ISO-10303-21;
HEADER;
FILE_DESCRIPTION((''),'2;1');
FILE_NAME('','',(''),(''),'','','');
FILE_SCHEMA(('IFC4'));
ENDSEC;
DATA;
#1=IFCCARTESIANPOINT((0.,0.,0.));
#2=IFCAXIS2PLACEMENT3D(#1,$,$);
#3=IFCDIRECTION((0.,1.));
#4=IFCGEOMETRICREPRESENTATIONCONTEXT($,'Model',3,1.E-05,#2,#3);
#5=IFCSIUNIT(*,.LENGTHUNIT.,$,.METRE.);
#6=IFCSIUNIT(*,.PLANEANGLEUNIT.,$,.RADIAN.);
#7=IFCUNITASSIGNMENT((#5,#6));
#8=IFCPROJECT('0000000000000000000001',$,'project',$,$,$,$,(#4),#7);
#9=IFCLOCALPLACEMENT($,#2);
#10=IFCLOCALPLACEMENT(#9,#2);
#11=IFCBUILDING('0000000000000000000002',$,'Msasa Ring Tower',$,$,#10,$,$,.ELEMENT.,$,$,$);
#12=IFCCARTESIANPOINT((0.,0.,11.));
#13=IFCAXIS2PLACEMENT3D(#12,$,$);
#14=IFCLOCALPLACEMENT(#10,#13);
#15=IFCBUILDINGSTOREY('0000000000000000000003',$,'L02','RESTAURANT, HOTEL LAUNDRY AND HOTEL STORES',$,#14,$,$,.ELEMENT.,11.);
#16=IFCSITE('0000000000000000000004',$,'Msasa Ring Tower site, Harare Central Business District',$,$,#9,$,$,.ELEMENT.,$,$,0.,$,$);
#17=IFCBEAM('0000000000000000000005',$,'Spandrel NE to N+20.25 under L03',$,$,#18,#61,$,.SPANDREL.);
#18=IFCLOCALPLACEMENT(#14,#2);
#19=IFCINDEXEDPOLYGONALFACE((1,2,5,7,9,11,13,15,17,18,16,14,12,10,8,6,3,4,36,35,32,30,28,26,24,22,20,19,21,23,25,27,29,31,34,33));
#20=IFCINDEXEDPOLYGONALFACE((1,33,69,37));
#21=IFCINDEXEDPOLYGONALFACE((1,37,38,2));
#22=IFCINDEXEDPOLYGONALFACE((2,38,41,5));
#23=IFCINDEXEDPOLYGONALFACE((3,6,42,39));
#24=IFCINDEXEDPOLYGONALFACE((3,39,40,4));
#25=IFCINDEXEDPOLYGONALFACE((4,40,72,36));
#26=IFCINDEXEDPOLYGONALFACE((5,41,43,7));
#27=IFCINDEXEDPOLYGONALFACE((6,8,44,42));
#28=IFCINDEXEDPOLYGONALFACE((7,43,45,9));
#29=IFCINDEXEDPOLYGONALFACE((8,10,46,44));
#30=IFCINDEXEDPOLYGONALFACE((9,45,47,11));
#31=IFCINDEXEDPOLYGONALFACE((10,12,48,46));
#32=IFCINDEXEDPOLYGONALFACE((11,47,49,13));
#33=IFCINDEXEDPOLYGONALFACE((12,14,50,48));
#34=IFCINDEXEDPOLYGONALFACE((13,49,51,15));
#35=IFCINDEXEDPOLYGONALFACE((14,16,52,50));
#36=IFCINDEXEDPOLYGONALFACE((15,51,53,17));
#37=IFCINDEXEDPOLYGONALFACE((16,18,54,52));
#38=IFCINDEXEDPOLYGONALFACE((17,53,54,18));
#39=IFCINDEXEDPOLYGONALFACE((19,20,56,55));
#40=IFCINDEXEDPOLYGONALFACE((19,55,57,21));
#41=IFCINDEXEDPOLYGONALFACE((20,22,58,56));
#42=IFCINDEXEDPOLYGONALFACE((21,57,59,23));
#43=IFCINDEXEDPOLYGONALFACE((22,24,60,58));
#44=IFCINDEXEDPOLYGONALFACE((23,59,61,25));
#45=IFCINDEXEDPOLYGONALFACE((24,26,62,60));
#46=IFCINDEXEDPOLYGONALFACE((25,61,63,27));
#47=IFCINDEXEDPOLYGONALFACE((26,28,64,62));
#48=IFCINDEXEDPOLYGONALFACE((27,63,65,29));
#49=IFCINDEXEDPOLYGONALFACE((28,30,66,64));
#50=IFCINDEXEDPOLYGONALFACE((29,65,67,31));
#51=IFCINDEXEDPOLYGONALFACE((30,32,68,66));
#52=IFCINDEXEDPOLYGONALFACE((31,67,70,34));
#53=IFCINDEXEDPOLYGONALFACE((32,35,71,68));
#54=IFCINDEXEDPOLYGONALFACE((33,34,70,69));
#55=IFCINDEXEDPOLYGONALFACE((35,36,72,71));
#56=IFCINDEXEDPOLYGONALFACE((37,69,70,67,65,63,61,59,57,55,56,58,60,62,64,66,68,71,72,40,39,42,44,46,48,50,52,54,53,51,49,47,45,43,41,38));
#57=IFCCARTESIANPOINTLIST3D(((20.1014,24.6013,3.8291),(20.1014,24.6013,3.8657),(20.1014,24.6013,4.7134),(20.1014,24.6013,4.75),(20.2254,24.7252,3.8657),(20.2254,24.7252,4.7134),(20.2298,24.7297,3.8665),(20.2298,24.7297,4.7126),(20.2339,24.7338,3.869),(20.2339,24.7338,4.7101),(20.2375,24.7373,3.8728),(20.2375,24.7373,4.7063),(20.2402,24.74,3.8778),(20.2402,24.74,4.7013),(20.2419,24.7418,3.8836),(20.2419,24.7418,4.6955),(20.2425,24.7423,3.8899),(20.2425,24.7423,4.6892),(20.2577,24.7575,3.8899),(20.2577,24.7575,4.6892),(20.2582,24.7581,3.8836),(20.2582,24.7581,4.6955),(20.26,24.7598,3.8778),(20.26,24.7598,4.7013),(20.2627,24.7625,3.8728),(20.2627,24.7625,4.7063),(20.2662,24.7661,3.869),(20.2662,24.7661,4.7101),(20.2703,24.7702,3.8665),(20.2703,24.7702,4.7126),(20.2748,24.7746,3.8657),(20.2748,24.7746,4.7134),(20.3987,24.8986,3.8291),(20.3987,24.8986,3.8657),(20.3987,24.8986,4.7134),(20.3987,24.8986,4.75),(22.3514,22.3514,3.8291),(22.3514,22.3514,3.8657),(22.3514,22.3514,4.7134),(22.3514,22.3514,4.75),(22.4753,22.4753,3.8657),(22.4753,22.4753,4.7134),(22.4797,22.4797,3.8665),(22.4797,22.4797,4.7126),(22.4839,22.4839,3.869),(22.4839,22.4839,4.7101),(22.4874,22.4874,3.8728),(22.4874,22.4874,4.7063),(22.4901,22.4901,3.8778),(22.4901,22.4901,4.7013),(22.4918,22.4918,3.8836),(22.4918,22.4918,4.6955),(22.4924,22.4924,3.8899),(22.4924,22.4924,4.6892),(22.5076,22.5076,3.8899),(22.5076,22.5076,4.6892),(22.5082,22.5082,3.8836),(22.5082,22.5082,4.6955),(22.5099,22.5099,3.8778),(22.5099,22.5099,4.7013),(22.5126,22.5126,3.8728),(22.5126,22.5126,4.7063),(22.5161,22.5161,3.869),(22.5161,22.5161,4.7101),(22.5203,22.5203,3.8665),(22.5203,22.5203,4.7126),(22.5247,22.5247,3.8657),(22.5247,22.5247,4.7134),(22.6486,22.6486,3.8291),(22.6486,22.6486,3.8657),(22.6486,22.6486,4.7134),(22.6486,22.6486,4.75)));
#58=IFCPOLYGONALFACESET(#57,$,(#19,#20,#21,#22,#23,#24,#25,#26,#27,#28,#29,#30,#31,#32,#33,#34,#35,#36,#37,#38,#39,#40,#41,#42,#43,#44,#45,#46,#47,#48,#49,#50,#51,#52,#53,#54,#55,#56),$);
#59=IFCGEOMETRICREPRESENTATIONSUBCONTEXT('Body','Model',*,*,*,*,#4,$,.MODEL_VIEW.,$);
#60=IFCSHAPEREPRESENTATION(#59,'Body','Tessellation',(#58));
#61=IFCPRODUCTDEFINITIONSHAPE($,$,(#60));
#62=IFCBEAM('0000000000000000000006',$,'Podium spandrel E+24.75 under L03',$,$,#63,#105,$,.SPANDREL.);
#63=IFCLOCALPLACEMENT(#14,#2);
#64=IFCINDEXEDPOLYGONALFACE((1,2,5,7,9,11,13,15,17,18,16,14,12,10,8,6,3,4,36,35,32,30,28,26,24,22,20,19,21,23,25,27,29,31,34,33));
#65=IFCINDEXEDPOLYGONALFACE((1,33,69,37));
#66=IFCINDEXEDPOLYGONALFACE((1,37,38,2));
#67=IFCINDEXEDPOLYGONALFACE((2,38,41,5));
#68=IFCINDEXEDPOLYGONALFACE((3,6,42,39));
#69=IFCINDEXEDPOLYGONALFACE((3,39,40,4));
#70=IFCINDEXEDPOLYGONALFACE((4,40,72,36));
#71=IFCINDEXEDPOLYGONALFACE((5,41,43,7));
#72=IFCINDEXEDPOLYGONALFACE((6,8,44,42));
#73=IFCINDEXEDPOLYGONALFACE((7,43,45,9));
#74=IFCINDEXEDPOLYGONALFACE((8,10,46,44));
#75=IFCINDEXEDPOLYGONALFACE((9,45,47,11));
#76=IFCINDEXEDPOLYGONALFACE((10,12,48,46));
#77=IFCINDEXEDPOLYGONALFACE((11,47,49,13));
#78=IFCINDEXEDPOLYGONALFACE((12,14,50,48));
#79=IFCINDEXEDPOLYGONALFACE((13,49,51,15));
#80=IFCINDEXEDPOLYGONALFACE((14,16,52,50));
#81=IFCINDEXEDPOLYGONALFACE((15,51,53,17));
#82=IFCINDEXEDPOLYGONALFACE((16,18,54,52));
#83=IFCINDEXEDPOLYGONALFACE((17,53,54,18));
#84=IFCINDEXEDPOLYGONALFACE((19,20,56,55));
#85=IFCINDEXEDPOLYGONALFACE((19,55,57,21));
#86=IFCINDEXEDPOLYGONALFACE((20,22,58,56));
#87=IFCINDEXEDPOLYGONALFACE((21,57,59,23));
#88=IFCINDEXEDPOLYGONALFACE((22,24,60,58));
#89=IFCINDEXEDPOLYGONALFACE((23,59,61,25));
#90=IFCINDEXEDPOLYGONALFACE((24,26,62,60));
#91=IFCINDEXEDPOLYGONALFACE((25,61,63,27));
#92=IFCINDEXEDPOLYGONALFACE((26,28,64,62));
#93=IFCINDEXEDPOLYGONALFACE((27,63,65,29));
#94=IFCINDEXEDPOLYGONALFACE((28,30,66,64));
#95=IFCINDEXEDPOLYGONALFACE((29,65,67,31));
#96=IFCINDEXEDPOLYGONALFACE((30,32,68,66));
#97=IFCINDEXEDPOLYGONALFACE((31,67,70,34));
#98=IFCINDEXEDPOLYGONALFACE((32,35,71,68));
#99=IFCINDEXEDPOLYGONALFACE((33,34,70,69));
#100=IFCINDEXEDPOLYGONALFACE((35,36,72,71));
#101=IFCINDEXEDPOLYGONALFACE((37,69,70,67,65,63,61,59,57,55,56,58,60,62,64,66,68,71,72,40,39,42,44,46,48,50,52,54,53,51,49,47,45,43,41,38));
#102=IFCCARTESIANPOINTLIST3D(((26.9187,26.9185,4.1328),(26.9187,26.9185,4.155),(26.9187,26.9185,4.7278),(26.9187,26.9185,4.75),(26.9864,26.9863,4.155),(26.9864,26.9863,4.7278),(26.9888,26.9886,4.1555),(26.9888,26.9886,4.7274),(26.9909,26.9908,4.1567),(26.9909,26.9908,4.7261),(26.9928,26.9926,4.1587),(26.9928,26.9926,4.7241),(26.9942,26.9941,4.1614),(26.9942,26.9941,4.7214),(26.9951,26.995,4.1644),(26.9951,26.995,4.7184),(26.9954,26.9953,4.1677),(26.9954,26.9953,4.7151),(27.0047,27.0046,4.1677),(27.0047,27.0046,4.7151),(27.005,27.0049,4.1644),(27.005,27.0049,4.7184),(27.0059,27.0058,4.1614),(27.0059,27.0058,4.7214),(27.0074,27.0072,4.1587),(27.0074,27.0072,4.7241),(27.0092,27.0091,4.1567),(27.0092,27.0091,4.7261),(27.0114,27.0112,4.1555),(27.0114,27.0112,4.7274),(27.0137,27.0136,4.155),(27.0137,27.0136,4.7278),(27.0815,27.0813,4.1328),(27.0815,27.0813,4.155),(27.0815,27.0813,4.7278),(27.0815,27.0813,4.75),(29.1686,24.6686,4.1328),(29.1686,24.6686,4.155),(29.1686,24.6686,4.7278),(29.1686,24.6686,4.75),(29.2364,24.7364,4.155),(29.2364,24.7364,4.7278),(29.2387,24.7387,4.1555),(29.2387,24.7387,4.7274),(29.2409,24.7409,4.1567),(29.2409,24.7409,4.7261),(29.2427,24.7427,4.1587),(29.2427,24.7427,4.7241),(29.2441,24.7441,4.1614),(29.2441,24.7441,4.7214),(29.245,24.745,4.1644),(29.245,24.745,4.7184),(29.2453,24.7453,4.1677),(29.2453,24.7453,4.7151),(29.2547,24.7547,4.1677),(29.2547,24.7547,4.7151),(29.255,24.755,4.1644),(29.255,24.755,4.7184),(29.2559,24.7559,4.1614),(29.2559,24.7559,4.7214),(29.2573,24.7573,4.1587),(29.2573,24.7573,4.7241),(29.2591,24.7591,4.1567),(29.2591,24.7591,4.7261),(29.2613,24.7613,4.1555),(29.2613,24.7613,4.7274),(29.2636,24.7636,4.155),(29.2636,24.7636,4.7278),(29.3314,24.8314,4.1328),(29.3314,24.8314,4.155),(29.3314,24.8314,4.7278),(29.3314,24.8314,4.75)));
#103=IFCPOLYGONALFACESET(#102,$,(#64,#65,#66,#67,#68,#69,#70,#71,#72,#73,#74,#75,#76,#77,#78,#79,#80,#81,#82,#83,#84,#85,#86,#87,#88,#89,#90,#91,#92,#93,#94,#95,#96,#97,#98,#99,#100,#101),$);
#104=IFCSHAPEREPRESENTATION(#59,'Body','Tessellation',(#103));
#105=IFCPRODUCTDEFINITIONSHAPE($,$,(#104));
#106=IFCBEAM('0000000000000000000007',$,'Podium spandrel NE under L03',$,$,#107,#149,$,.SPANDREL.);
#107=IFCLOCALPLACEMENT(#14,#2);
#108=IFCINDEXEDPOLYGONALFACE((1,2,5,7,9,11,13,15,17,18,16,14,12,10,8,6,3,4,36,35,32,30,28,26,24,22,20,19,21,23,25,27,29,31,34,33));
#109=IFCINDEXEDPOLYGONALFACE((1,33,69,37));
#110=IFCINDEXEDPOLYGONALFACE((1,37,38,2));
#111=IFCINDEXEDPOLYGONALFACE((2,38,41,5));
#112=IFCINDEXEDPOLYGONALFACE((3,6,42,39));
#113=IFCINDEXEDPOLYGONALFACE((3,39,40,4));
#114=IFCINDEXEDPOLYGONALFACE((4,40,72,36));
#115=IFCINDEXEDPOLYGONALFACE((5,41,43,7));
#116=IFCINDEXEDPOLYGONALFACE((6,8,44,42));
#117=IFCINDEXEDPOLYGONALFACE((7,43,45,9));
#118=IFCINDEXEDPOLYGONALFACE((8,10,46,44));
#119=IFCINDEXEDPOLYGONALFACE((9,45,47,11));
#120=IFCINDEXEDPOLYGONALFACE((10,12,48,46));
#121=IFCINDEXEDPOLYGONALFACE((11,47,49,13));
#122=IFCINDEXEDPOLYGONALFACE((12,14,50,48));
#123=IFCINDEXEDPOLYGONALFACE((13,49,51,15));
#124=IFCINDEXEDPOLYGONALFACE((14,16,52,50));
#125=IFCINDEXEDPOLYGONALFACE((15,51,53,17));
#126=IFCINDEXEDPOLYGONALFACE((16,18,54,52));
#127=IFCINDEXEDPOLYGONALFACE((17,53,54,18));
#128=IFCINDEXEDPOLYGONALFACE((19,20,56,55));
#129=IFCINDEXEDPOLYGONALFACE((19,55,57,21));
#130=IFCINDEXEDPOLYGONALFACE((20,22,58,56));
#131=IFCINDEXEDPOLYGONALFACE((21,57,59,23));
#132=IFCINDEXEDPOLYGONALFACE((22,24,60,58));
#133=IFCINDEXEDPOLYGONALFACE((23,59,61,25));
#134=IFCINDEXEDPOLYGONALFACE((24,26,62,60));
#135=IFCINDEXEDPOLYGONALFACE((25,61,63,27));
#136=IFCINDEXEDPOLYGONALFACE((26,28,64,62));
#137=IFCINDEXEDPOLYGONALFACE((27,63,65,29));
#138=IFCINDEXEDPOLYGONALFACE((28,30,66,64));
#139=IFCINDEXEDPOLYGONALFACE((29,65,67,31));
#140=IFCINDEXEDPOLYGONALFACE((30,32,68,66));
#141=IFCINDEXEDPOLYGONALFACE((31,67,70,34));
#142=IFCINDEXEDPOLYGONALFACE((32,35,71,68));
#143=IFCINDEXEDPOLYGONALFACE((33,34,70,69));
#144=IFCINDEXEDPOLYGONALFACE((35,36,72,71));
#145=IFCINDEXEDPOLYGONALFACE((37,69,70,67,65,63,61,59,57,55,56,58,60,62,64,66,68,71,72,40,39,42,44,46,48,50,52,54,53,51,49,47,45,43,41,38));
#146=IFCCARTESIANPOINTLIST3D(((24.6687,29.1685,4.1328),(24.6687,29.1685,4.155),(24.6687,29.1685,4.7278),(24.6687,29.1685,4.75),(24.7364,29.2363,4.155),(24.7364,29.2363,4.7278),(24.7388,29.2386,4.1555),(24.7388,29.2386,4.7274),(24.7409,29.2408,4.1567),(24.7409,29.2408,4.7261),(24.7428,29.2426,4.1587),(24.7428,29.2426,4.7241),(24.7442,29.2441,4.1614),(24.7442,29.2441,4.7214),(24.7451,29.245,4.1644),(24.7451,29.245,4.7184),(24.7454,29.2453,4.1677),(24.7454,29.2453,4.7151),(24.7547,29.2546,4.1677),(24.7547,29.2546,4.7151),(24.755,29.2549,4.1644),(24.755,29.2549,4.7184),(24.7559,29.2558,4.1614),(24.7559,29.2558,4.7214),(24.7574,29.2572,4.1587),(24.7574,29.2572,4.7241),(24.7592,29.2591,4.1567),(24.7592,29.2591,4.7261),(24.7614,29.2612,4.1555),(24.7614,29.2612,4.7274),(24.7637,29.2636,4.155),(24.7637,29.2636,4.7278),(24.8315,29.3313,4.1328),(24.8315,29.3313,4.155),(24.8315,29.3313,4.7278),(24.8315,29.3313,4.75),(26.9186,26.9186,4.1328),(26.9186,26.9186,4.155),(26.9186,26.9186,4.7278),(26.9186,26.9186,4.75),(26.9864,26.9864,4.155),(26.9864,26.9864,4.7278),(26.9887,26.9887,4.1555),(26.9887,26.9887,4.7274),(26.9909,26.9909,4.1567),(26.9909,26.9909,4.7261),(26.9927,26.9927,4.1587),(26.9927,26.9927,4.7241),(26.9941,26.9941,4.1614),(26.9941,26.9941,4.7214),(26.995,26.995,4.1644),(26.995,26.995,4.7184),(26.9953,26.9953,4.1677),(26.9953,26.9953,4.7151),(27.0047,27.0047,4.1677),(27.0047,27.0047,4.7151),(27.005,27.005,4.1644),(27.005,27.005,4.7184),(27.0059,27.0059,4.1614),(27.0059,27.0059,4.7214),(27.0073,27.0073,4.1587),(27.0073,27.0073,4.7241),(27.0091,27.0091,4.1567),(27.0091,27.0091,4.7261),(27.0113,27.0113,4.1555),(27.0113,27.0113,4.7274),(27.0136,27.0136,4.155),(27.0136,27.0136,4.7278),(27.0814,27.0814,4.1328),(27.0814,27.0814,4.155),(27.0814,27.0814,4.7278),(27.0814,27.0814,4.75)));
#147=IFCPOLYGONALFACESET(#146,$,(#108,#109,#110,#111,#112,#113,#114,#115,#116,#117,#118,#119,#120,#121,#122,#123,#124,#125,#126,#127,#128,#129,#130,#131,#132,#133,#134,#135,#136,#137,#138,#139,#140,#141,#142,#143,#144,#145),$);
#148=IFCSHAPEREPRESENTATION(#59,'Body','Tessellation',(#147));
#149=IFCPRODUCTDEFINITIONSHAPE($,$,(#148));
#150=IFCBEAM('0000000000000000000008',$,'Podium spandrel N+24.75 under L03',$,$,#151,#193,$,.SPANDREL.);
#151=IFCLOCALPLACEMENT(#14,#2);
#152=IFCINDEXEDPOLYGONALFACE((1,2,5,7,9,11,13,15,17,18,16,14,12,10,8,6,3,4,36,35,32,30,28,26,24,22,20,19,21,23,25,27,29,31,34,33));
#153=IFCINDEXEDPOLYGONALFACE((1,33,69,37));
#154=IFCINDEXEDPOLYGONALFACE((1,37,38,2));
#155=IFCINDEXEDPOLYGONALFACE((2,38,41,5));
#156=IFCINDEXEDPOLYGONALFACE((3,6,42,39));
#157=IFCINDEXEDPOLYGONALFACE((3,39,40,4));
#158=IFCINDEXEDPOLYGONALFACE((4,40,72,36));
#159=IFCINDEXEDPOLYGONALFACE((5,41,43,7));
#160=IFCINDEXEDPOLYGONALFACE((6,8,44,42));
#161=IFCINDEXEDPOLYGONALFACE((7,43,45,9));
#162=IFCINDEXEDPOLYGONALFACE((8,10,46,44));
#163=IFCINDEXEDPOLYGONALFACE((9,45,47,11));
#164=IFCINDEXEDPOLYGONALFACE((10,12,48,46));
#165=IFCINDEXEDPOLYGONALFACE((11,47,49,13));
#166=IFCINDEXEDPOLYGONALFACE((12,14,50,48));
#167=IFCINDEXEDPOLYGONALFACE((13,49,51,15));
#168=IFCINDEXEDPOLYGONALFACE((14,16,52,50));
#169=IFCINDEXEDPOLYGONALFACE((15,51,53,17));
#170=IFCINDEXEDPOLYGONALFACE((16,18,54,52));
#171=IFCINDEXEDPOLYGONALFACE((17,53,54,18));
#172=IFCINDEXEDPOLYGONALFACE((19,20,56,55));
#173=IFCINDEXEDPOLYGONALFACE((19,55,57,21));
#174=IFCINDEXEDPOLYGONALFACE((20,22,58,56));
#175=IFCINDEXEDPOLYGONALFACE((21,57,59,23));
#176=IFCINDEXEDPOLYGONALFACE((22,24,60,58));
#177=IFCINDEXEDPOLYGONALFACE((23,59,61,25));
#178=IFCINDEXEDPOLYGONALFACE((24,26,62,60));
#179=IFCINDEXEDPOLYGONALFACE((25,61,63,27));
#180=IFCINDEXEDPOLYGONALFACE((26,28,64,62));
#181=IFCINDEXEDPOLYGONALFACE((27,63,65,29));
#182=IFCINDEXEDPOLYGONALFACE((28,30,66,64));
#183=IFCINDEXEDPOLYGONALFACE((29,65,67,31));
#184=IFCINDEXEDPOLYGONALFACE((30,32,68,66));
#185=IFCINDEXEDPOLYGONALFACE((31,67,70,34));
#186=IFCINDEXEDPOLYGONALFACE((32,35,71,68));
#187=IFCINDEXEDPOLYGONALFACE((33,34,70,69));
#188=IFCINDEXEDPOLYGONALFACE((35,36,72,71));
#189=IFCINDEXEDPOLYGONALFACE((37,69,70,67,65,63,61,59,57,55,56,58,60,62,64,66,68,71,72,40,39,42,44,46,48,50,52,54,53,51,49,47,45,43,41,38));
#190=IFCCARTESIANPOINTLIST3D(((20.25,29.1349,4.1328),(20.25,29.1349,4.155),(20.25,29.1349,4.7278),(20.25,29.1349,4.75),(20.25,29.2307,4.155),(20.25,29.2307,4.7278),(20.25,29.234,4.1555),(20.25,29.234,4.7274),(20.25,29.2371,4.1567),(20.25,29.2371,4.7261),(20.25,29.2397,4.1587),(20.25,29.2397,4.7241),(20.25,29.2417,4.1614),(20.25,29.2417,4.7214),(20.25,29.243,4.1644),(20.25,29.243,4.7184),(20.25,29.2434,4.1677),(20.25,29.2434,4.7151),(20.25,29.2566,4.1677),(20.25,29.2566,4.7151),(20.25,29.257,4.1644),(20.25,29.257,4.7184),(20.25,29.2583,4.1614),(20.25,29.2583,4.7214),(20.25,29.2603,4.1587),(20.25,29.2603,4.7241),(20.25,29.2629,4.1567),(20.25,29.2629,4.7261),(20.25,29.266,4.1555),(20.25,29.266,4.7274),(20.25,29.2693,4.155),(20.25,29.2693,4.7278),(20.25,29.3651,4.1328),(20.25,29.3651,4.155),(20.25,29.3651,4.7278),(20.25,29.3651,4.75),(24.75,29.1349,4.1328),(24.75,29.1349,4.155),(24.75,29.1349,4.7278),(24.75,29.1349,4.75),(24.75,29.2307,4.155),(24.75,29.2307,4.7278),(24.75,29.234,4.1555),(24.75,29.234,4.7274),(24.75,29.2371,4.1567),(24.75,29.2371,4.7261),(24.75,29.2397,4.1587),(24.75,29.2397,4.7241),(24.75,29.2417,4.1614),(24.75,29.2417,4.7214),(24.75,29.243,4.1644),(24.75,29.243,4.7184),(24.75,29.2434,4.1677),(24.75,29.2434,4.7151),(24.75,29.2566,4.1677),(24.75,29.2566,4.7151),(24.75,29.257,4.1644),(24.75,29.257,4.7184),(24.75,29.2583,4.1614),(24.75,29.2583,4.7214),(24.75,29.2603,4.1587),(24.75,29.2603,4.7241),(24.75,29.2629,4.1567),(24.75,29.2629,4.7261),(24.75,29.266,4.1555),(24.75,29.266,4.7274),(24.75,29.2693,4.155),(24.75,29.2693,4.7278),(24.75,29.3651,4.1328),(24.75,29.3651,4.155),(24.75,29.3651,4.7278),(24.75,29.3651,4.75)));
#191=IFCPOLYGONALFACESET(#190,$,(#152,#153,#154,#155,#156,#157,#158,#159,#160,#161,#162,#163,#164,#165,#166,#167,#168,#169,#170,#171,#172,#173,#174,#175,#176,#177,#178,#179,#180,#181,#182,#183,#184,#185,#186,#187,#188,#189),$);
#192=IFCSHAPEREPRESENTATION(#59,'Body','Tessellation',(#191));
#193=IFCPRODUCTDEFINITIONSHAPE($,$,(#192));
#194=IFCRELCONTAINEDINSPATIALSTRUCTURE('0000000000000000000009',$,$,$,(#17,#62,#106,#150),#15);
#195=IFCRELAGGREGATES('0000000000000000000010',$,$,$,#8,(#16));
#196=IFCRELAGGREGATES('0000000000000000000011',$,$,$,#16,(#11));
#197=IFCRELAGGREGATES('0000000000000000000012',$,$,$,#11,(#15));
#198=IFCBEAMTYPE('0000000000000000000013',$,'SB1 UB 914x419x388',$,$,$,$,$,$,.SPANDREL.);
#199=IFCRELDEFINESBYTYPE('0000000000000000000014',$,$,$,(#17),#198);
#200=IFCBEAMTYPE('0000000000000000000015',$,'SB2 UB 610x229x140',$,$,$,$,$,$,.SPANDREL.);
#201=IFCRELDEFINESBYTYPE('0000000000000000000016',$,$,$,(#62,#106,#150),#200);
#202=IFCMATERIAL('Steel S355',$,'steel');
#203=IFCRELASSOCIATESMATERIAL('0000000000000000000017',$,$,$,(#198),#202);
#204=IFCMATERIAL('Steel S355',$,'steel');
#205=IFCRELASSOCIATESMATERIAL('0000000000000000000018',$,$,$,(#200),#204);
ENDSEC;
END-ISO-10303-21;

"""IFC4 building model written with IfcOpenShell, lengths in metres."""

from ifc_helpers import new_model, si_unit, direction, frame, origin, origin_2d, place, context, subcontext, project, spatial, i_section, extrude, material, material_profile, profile_set, type_object, element, save


model = new_model("IFC4")

# Units and contexts
model_context = context("Model", 3, precision=1e-05, world=origin(), true_north=direction((0.0, 1.0)))
body_context = subcontext(model_context, "Body", "Model", "MODEL_VIEW")
ifc_project = project(units=[si_unit("LENGTHUNIT", "METRE"), si_unit("PLANEANGLEUNIT", "RADIAN")], contexts=[model_context])

# Site, building, storey
site_placement = place(None, origin())
site = spatial("IfcSite", under=ifc_project, at=site_placement, Name="Msasa Ring Tower site, Harare Central Business District", CompositionType="ELEMENT", RefElevation=0.0)
building_placement = place(site_placement, origin())
building = spatial("IfcBuilding", under=site, at=building_placement, Name="Msasa Ring Tower", CompositionType="ELEMENT")
storey_placement = place(building_placement, frame((0.0, 0.0, 11.0)))
storey = spatial("IfcBuildingStorey", under=building, at=storey_placement, Name="L02", Description="RESTAURANT, HOTEL LAUNDRY AND HOTEL STORES", CompositionType="ELEMENT", Elevation=11.0)

# Beams
ifc_material_1 = material(Name="Steel S355", Category="steel")
ifc_material_profile_1 = material_profile(ifc_material_1, i_section(OverallWidth=0.4204, OverallDepth=0.9209, WebThickness=0.0215, FlangeThickness=0.0366, FilletRadius=0.0242, at=origin_2d()), Name="UB 914x419x388")
ifc_profile_set_1 = profile_set([ifc_material_profile_1], Name="Steel S355")
beam_type_1 = type_object("IfcBeamType", Name="SB1 UB 914x419x388", PredefinedType="SPANDREL", material=ifc_profile_set_1)
beam_1_placement = place(storey_placement, frame((22.5, 22.5, 4.2896), z_axis=(-0.707107, 0.707107, 0.0), x_axis=(-0.707107, -0.707107, 0.0)))
element("IfcBeam", 1, at=beam_1_placement, inside=storey, type_object=beam_type_1, Name="Spandrel NE to N+20.25 under L03", PredefinedType="SPANDREL", context=body_context, shape_type="SweptSolid", body=[
    extrude(i_section(OverallWidth=0.4204, OverallDepth=0.9209, WebThickness=0.0215, FlangeThickness=0.0366, FilletRadius=0.0242, at=origin_2d()), origin(), (0.0, 0.0, 1.0), 3.1819),
])
ifc_material_2 = material(Name="Steel S355", Category="steel")
ifc_material_profile_2 = material_profile(ifc_material_2, i_section(OverallWidth=0.2302, OverallDepth=0.6172, WebThickness=0.0132, FlangeThickness=0.0222, FilletRadius=0.0127, at=origin_2d()), Name="UB 610x229x140")
ifc_profile_set_2 = profile_set([ifc_material_profile_2], Name="Steel S355")
beam_type_2 = type_object("IfcBeamType", Name="SB2 UB 610x229x140", PredefinedType="SPANDREL", material=ifc_profile_set_2)
for number, where, z_axis, x_axis, name in (
    (2, (29.25, 24.75, 4.4414), (-0.707107, 0.707107, 0.0), (-0.707107, -0.707107, 0.0), "Podium spandrel E+24.75 under L03"),
    (3, (27.0, 27.0, 4.4414), (-0.707107, 0.707107, 0.0), (-0.707107, -0.707107, 0.0), "Podium spandrel NE under L03"),
):
    element("IfcBeam", number, at=place(storey_placement, frame(where, z_axis=z_axis, x_axis=x_axis)), inside=storey, type_object=beam_type_2, Name=name, PredefinedType="SPANDREL", context=body_context, shape_type="SweptSolid", body=[
        extrude(i_section(OverallWidth=0.2302, OverallDepth=0.6172, WebThickness=0.0132, FlangeThickness=0.0222, FilletRadius=0.0127, at=origin_2d()), origin(), (0.0, 0.0, 1.0), 3.1819),
    ])
beam_2_placement = place(storey_placement, frame((24.75, 29.25, 4.4414), z_axis=(-1.0, 0.0, 0.0), x_axis=(0.0, -1.0, 0.0)))
element("IfcBeam", 4, at=beam_2_placement, inside=storey, type_object=beam_type_2, Name="Podium spandrel N+24.75 under L03", PredefinedType="SPANDREL", context=body_context, shape_type="SweptSolid", body=[
    extrude(i_section(OverallWidth=0.2302, OverallDepth=0.6172, WebThickness=0.0132, FlangeThickness=0.0222, FilletRadius=0.0127, at=origin_2d()), origin(), (0.0, 0.0, 1.0), 4.5),
])

save(model, "model.ifc")
